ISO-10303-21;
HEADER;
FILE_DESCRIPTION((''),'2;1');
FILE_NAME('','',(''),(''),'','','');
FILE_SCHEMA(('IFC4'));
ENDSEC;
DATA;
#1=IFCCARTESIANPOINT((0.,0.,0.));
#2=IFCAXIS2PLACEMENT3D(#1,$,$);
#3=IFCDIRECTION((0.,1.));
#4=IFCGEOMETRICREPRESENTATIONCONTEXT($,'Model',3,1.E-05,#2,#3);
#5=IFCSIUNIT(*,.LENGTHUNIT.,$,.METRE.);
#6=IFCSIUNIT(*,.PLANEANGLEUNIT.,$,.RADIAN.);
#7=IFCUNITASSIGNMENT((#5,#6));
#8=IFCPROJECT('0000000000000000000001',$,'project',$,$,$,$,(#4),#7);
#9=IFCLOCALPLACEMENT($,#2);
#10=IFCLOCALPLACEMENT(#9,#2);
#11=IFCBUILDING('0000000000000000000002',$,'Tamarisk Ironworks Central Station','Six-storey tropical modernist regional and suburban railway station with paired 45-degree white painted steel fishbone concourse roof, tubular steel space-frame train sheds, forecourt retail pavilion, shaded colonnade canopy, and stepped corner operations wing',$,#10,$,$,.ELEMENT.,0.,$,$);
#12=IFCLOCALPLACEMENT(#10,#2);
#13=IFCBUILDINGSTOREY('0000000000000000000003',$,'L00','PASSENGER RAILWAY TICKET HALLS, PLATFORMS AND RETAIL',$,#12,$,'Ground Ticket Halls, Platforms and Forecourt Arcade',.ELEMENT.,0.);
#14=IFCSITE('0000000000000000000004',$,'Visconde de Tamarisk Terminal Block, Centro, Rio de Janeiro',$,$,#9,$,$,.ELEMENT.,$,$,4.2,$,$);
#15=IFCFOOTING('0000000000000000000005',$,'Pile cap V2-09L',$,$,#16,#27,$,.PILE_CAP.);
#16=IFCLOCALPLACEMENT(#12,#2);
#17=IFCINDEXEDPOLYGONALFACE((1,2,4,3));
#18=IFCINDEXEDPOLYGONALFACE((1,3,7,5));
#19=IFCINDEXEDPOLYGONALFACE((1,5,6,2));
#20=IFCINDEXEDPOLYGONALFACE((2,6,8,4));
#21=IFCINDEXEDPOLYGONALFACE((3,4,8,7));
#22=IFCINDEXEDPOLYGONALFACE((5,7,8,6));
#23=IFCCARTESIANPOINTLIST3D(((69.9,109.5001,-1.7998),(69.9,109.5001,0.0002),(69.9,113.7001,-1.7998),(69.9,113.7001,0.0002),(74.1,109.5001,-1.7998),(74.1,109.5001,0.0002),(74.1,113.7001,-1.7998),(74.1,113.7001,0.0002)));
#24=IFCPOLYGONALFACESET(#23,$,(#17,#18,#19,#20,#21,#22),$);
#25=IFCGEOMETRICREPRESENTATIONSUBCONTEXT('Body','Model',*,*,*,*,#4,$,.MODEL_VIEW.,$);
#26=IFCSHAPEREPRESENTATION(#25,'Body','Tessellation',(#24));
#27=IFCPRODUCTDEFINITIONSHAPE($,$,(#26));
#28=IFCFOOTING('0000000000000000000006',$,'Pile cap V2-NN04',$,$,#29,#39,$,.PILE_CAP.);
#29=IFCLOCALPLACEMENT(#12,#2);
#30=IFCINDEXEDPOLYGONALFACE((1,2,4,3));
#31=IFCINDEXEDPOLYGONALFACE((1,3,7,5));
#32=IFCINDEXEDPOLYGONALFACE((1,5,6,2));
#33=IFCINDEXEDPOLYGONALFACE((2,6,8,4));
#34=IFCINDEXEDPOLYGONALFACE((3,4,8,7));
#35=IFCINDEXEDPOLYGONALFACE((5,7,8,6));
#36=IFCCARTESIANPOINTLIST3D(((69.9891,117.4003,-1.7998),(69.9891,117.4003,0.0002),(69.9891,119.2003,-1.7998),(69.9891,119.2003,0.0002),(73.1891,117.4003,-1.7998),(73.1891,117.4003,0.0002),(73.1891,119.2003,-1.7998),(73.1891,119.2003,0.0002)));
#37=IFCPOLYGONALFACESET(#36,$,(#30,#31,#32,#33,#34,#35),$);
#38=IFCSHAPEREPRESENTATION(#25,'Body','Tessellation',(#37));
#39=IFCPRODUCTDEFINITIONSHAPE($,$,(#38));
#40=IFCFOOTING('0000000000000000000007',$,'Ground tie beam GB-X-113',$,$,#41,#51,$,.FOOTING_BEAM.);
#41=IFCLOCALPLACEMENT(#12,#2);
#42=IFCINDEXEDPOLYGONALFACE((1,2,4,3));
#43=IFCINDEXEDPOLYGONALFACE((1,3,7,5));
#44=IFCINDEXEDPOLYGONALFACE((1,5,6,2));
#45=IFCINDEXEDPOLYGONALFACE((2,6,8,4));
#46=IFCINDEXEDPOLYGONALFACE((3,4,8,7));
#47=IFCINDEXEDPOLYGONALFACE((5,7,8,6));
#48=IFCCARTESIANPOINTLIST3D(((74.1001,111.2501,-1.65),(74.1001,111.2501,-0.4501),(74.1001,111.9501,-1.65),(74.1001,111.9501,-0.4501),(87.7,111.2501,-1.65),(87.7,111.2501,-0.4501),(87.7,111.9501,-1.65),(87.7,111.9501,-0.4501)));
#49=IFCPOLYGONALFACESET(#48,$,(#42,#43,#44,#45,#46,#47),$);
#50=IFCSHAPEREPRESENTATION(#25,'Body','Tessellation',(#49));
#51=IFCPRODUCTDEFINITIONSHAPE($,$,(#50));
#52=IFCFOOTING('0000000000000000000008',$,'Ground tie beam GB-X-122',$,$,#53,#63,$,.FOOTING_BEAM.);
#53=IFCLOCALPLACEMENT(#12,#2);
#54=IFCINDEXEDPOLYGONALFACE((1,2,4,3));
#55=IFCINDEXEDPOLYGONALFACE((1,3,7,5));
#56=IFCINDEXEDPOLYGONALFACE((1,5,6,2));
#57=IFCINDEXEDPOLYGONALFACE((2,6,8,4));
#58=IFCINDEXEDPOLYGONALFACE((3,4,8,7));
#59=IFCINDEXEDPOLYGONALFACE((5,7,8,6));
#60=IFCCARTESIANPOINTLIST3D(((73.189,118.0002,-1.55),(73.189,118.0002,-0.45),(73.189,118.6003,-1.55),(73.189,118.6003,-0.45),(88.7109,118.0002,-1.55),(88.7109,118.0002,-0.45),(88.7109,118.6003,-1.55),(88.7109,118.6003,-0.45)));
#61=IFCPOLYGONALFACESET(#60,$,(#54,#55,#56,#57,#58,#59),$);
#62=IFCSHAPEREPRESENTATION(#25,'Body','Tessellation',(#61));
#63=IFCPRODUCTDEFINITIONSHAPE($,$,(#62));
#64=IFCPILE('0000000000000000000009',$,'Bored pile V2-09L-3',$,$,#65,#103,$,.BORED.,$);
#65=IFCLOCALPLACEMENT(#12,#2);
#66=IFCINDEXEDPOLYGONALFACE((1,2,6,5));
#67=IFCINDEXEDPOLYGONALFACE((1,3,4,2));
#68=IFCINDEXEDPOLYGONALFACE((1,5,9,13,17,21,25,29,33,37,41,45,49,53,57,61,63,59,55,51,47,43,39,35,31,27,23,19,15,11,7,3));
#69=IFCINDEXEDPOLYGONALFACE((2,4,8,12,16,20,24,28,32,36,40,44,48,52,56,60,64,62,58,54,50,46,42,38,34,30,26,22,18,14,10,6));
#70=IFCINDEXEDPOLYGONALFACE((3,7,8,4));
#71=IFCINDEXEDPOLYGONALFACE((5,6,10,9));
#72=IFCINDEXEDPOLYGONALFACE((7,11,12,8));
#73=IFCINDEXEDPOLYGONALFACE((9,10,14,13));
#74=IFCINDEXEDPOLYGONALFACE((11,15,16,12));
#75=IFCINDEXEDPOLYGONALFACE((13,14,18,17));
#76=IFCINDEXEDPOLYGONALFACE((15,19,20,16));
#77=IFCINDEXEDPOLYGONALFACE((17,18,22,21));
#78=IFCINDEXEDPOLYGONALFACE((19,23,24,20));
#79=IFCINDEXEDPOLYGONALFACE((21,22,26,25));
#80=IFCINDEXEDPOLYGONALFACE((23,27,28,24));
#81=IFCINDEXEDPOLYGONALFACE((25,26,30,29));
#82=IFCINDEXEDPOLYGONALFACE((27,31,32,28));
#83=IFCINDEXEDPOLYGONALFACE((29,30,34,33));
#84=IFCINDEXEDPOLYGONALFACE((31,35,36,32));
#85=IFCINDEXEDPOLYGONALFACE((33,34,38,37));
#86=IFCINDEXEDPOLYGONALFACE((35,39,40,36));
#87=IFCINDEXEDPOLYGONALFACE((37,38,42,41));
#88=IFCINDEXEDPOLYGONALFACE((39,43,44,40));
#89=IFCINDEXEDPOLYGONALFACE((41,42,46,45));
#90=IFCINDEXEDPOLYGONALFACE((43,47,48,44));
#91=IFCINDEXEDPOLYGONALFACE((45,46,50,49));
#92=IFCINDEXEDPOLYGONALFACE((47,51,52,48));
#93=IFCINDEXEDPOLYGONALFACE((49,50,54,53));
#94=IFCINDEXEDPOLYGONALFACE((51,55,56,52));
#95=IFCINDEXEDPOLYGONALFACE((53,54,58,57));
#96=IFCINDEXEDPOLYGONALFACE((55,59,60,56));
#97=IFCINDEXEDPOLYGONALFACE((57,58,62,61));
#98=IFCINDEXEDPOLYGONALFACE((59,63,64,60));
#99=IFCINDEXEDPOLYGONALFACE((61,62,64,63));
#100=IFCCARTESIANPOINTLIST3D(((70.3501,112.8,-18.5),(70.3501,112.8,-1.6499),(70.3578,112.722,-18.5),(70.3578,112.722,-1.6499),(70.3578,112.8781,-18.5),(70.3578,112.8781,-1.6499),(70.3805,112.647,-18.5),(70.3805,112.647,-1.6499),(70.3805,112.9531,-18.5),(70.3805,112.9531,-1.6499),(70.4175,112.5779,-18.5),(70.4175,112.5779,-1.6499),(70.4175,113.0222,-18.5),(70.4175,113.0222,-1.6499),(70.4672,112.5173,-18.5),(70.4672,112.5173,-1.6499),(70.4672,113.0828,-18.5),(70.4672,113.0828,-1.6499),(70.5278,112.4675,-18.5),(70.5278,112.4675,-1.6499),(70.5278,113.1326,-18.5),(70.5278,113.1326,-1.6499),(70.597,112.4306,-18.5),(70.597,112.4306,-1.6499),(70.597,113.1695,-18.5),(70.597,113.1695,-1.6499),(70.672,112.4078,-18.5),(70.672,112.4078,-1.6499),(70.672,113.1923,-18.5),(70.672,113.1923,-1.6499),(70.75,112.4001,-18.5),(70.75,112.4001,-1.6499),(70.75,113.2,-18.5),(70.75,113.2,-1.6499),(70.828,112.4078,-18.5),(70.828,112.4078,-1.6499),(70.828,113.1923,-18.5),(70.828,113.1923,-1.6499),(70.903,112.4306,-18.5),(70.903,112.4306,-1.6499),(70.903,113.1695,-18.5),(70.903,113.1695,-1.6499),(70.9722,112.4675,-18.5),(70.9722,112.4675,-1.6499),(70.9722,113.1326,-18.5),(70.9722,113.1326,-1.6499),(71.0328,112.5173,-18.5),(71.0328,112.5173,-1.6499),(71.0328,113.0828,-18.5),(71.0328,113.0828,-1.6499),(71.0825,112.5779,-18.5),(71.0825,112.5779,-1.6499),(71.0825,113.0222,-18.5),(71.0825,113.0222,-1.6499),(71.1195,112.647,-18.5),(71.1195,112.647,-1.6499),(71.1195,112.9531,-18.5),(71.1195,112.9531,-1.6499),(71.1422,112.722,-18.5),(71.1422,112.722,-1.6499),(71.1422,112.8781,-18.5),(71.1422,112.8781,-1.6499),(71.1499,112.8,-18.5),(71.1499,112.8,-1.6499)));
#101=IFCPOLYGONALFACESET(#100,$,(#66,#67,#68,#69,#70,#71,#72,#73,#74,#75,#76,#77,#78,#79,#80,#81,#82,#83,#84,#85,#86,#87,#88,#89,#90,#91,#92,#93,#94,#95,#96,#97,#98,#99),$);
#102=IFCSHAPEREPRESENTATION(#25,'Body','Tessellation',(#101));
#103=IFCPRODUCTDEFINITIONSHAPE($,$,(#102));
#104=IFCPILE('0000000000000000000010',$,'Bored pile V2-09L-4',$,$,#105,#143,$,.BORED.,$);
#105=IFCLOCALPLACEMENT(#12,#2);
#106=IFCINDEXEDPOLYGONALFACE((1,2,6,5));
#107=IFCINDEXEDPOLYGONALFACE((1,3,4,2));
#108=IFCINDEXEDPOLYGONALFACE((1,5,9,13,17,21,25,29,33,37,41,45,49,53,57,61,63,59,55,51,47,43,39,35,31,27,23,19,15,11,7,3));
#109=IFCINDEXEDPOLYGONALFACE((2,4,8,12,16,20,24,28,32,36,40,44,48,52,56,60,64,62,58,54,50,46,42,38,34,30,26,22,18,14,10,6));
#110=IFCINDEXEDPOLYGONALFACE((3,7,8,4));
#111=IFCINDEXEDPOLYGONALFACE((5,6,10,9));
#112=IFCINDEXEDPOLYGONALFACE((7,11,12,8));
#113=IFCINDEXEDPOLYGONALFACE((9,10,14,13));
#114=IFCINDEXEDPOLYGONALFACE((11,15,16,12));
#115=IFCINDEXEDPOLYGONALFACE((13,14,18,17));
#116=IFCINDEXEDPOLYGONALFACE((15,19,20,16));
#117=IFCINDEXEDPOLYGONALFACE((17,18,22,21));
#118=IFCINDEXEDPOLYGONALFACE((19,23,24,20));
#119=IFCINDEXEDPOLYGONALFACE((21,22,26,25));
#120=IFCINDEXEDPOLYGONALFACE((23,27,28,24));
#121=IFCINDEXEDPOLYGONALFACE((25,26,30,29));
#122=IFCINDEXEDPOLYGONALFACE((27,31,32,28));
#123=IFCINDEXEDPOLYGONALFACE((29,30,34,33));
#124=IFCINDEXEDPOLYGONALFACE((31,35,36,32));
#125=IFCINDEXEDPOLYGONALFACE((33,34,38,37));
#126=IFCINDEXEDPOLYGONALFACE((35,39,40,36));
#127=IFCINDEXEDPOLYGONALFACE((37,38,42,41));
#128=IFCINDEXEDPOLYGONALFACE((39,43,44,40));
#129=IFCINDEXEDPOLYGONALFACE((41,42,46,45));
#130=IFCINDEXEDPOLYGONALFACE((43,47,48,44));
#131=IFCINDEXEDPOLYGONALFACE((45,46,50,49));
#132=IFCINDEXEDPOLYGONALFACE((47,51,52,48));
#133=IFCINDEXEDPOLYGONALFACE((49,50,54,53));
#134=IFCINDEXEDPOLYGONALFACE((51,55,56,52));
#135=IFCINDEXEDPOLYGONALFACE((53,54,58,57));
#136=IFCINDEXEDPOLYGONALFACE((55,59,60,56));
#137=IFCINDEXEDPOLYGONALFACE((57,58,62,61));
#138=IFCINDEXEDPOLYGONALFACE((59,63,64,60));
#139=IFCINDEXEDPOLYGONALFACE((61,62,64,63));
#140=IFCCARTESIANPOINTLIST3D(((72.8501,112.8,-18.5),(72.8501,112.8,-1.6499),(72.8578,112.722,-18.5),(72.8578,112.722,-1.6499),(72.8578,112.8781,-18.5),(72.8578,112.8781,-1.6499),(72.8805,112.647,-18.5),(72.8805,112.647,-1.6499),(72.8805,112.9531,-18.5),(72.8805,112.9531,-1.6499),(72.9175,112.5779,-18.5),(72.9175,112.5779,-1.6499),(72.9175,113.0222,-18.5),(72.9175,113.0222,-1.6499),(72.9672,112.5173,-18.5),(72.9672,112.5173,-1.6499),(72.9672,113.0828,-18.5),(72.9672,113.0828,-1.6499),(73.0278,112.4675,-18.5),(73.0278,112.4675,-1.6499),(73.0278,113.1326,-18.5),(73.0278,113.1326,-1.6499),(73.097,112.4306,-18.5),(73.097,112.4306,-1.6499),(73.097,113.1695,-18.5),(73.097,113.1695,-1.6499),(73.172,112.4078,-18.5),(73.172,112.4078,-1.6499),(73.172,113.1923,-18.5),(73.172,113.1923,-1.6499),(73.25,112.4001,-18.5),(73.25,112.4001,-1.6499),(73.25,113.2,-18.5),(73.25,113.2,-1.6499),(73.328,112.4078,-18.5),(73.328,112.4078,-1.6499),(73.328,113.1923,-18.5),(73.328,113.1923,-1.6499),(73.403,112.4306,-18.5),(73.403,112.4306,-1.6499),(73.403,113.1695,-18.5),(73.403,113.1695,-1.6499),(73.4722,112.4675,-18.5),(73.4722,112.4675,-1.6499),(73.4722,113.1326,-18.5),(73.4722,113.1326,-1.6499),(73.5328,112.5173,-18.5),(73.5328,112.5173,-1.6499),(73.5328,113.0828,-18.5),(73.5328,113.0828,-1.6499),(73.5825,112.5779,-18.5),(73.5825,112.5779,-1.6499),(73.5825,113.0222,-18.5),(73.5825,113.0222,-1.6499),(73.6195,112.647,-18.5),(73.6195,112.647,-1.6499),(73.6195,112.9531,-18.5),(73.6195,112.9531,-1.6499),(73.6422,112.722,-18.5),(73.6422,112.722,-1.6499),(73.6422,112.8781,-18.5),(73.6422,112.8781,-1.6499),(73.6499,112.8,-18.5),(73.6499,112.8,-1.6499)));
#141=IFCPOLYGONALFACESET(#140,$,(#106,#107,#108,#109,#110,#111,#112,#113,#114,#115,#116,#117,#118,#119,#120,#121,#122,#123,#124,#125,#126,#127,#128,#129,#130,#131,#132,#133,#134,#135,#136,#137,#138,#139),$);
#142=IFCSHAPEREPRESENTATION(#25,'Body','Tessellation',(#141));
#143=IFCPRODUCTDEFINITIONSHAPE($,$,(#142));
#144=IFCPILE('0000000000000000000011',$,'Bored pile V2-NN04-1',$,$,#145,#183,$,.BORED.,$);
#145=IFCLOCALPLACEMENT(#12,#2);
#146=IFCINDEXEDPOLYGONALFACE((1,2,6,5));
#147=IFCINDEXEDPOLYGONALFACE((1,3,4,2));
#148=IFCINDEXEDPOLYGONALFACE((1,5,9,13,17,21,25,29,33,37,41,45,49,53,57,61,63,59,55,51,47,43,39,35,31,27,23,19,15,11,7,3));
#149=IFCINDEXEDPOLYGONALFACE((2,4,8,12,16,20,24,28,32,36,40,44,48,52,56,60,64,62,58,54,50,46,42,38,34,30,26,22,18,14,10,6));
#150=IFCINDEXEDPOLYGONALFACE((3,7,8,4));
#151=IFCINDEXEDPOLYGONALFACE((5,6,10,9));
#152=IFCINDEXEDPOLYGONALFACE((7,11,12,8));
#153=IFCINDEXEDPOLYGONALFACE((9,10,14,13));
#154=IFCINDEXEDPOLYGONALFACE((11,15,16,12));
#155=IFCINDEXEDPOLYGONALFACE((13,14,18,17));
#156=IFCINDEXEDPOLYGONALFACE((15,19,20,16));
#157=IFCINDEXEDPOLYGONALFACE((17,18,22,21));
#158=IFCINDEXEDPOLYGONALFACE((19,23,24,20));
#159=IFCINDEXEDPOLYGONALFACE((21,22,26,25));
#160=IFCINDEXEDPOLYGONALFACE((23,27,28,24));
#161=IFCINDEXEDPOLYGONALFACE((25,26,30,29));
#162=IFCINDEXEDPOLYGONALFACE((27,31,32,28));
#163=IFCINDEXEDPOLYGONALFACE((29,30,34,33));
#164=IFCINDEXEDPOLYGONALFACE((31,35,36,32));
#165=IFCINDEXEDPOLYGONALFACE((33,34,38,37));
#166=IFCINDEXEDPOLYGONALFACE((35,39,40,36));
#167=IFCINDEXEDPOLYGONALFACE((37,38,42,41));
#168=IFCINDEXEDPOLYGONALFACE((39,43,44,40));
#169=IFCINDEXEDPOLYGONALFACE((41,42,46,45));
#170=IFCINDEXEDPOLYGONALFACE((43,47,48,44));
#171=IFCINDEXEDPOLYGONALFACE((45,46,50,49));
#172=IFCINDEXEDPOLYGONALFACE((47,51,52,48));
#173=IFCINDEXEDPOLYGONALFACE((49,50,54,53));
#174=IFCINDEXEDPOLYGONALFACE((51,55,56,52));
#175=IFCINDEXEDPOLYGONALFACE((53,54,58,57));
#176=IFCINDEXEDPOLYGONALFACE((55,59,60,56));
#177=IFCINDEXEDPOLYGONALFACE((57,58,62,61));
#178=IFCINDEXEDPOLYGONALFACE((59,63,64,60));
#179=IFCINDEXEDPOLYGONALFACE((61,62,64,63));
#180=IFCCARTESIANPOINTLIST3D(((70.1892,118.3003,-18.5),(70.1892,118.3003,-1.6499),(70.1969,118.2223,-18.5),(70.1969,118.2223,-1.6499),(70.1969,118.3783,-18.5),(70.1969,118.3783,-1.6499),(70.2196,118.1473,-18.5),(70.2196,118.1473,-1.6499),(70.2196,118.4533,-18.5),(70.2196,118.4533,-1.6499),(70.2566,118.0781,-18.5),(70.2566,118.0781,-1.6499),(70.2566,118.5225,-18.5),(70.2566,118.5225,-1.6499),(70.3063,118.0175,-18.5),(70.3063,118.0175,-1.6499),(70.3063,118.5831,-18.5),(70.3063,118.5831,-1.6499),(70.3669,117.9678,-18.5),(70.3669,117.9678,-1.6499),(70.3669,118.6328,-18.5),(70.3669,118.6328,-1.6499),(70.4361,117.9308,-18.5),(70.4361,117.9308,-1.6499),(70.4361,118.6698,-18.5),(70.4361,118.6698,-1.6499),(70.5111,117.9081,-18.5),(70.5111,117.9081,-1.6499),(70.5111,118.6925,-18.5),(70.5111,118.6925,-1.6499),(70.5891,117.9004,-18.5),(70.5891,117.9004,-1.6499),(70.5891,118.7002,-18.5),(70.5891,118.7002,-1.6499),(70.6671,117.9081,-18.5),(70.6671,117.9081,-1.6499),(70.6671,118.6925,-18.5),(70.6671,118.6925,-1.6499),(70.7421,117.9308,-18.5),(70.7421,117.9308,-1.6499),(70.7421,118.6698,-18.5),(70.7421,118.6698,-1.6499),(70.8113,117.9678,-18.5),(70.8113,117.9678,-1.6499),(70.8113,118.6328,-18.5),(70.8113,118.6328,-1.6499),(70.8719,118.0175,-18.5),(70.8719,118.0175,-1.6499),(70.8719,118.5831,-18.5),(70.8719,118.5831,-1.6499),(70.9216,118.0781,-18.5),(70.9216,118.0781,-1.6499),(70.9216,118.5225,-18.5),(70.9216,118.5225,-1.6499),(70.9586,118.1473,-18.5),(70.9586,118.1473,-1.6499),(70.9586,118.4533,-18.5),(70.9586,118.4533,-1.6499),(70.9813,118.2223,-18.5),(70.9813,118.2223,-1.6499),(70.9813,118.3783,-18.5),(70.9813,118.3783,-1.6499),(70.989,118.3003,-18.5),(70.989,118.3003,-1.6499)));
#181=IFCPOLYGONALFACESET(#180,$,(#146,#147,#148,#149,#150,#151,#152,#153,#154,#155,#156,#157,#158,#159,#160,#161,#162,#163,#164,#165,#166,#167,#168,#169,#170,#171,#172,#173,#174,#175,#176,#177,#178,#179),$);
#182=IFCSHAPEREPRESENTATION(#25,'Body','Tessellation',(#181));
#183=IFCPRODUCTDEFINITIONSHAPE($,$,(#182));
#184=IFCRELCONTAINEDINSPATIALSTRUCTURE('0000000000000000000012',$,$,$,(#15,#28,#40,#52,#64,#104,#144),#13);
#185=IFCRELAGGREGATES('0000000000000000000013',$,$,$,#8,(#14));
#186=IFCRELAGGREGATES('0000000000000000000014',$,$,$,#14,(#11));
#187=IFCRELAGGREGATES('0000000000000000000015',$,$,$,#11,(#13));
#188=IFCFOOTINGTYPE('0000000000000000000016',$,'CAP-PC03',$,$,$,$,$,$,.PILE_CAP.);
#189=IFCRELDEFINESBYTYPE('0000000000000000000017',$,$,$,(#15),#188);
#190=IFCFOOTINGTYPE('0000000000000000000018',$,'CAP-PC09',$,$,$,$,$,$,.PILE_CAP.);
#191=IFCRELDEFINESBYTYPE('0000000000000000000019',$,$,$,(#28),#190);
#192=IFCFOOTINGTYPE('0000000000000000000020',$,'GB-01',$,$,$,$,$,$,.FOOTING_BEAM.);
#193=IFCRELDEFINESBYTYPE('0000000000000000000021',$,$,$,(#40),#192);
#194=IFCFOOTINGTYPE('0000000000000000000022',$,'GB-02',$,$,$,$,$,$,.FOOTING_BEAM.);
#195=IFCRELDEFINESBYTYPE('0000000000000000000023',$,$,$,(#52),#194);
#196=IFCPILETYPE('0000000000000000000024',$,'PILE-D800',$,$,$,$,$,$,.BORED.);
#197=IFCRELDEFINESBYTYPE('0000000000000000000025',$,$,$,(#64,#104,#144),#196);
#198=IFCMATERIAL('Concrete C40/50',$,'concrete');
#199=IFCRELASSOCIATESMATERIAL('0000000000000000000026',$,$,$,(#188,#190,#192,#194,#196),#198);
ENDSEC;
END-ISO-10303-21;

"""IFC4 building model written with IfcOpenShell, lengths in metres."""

from ifc_helpers import new_model, si_unit, direction, frame, origin, origin_2d, place, context, subcontext, project, spatial, rectangle, circle, extrude, material, material_profile, profile_set, type_object, element, save


model = new_model("IFC4")

# Units and contexts
model_context = context("Model", 3, precision=1e-05, world=origin(), true_north=direction((0.0, 1.0)))
body_context = subcontext(model_context, "Body", "Model", "MODEL_VIEW")
ifc_project = project(units=[si_unit("LENGTHUNIT", "METRE"), si_unit("PLANEANGLEUNIT", "RADIAN")], contexts=[model_context])

# Site, building, storey
site_placement = place(None, origin())
site = spatial("IfcSite", under=ifc_project, at=site_placement, Name="Visconde de Tamarisk Terminal Block, Centro, Rio de Janeiro", CompositionType="ELEMENT", RefElevation=4.2)
building_placement = place(site_placement, origin())
building = spatial("IfcBuilding", under=site, at=building_placement, Name="Tamarisk Ironworks Central Station", Description="Six-storey tropical modernist regional and suburban railway station with paired 45-degree white painted steel fishbone concourse roof, tubular steel space-frame train sheds, forecourt retail pavilion, shaded colonnade canopy, and stepped corner operations wing", CompositionType="ELEMENT", ElevationOfRefHeight=0.0)
storey_placement = place(building_placement, origin())
storey = spatial("IfcBuildingStorey", under=building, at=storey_placement, Name="L00", Description="PASSENGER RAILWAY TICKET HALLS, PLATFORMS AND RETAIL", LongName="Ground Ticket Halls, Platforms and Forecourt Arcade", CompositionType="ELEMENT", Elevation=0.0)

# Footings
ifc_material_1 = material(Name="Concrete C40/50", Category="concrete")
footing_type_1 = type_object("IfcFootingType", Name="CAP-PC03", PredefinedType="PILE_CAP", material=ifc_material_1)
footing_1_placement = place(storey_placement, frame((72.0, 111.6001, -1.7998), z_axis=(0.0, 0.0, 1.0), x_axis=(1.0, 0.0, 0.0)))
element("IfcFooting", 1, at=footing_1_placement, inside=storey, type_object=footing_type_1, Name="Pile cap V2-09L", PredefinedType="PILE_CAP", context=body_context, shape_type="SweptSolid", body=[
    extrude(rectangle(XDim=4.2, YDim=4.2, at=origin_2d()), origin(), (0.0, 0.0, 1.0), 1.8),
])
footing_type_2 = type_object("IfcFootingType", Name="CAP-PC09", PredefinedType="PILE_CAP", material=ifc_material_1)
footing_2_placement = place(storey_placement, frame((71.5891, 118.3003, -1.7998), z_axis=(0.0, 0.0, 1.0), x_axis=(1.0, 0.0, 0.0)))
element("IfcFooting", 2, at=footing_2_placement, inside=storey, type_object=footing_type_2, Name="Pile cap V2-NN04", PredefinedType="PILE_CAP", context=body_context, shape_type="SweptSolid", body=[
    extrude(rectangle(XDim=3.2, YDim=1.8, at=origin_2d()), origin(), (0.0, 0.0, 1.0), 1.8),
])
ifc_material_profile_1 = material_profile(ifc_material_1, rectangle(XDim=0.7, YDim=1.2, at=origin_2d()), Name="GB01 700x1200")
ifc_profile_set_1 = profile_set([ifc_material_profile_1], Name="Concrete C40/50")
footing_type_3 = type_object("IfcFootingType", Name="GB-01", PredefinedType="FOOTING_BEAM", material=ifc_profile_set_1)
footing_3_placement = place(storey_placement, frame((74.1001, 111.6001, -1.05), z_axis=(1.0, 0.0, 0.0), x_axis=(0.0, 1.0, 0.0)))
element("IfcFooting", 3, at=footing_3_placement, inside=storey, type_object=footing_type_3, Name="Ground tie beam GB-X-113", PredefinedType="FOOTING_BEAM", context=body_context, shape_type="SweptSolid", body=[
    extrude(rectangle(XDim=0.7, YDim=1.2, at=origin_2d()), origin(), (0.0, 0.0, 1.0), 13.5999),
])
ifc_material_profile_2 = material_profile(ifc_material_1, rectangle(XDim=0.6001, YDim=1.1001, at=origin_2d()), Name="GB02 600x1100")
ifc_profile_set_2 = profile_set([ifc_material_profile_2], Name="Concrete C40/50")
footing_type_4 = type_object("IfcFootingType", Name="GB-02", PredefinedType="FOOTING_BEAM", material=ifc_profile_set_2)
footing_4_placement = place(storey_placement, frame((73.189, 118.3003, -1.0), z_axis=(1.0, 0.0, 0.0), x_axis=(0.0, 1.0, 0.0)))
element("IfcFooting", 4, at=footing_4_placement, inside=storey, type_object=footing_type_4, Name="Ground tie beam GB-X-122", PredefinedType="FOOTING_BEAM", context=body_context, shape_type="SweptSolid", body=[
    extrude(rectangle(XDim=0.6001, YDim=1.1001, at=origin_2d()), origin(), (0.0, 0.0, 1.0), 15.522),
])

# Piles
ifc_material_profile_3 = material_profile(ifc_material_1, circle(Radius=0.3999, at=origin_2d()), Name="BORED PILE D800")
ifc_profile_set_3 = profile_set([ifc_material_profile_3], Name="Concrete C40/50")
pile_type = type_object("IfcPileType", Name="PILE-D800", PredefinedType="BORED", material=ifc_profile_set_3)
for number, where, z_axis, x_axis, name in (
    (5, (70.75, 112.8, -1.6499), (0.0, 0.0, -1.0), (1.0, 0.0, 0.0), "Bored pile V2-09L-3"),
    (6, (73.25, 112.8, -1.6499), (0.0, 0.0, -1.0), (1.0, 0.0, 0.0), "Bored pile V2-09L-4"),
    (7, (70.5891, 118.3003, -1.6499), (0.0, 0.0, -1.0), (1.0, 0.0, 0.0), "Bored pile V2-NN04-1"),
):
    element("IfcPile", number, at=place(storey_placement, frame(where, z_axis=z_axis, x_axis=x_axis)), inside=storey, type_object=pile_type, Name=name, PredefinedType="BORED", context=body_context, shape_type="SweptSolid", body=[
        extrude(circle(Radius=0.3999, at=origin_2d()), origin(), (0.0, 0.0, 1.0), 16.8501),
    ])

save(model, "model.ifc")
